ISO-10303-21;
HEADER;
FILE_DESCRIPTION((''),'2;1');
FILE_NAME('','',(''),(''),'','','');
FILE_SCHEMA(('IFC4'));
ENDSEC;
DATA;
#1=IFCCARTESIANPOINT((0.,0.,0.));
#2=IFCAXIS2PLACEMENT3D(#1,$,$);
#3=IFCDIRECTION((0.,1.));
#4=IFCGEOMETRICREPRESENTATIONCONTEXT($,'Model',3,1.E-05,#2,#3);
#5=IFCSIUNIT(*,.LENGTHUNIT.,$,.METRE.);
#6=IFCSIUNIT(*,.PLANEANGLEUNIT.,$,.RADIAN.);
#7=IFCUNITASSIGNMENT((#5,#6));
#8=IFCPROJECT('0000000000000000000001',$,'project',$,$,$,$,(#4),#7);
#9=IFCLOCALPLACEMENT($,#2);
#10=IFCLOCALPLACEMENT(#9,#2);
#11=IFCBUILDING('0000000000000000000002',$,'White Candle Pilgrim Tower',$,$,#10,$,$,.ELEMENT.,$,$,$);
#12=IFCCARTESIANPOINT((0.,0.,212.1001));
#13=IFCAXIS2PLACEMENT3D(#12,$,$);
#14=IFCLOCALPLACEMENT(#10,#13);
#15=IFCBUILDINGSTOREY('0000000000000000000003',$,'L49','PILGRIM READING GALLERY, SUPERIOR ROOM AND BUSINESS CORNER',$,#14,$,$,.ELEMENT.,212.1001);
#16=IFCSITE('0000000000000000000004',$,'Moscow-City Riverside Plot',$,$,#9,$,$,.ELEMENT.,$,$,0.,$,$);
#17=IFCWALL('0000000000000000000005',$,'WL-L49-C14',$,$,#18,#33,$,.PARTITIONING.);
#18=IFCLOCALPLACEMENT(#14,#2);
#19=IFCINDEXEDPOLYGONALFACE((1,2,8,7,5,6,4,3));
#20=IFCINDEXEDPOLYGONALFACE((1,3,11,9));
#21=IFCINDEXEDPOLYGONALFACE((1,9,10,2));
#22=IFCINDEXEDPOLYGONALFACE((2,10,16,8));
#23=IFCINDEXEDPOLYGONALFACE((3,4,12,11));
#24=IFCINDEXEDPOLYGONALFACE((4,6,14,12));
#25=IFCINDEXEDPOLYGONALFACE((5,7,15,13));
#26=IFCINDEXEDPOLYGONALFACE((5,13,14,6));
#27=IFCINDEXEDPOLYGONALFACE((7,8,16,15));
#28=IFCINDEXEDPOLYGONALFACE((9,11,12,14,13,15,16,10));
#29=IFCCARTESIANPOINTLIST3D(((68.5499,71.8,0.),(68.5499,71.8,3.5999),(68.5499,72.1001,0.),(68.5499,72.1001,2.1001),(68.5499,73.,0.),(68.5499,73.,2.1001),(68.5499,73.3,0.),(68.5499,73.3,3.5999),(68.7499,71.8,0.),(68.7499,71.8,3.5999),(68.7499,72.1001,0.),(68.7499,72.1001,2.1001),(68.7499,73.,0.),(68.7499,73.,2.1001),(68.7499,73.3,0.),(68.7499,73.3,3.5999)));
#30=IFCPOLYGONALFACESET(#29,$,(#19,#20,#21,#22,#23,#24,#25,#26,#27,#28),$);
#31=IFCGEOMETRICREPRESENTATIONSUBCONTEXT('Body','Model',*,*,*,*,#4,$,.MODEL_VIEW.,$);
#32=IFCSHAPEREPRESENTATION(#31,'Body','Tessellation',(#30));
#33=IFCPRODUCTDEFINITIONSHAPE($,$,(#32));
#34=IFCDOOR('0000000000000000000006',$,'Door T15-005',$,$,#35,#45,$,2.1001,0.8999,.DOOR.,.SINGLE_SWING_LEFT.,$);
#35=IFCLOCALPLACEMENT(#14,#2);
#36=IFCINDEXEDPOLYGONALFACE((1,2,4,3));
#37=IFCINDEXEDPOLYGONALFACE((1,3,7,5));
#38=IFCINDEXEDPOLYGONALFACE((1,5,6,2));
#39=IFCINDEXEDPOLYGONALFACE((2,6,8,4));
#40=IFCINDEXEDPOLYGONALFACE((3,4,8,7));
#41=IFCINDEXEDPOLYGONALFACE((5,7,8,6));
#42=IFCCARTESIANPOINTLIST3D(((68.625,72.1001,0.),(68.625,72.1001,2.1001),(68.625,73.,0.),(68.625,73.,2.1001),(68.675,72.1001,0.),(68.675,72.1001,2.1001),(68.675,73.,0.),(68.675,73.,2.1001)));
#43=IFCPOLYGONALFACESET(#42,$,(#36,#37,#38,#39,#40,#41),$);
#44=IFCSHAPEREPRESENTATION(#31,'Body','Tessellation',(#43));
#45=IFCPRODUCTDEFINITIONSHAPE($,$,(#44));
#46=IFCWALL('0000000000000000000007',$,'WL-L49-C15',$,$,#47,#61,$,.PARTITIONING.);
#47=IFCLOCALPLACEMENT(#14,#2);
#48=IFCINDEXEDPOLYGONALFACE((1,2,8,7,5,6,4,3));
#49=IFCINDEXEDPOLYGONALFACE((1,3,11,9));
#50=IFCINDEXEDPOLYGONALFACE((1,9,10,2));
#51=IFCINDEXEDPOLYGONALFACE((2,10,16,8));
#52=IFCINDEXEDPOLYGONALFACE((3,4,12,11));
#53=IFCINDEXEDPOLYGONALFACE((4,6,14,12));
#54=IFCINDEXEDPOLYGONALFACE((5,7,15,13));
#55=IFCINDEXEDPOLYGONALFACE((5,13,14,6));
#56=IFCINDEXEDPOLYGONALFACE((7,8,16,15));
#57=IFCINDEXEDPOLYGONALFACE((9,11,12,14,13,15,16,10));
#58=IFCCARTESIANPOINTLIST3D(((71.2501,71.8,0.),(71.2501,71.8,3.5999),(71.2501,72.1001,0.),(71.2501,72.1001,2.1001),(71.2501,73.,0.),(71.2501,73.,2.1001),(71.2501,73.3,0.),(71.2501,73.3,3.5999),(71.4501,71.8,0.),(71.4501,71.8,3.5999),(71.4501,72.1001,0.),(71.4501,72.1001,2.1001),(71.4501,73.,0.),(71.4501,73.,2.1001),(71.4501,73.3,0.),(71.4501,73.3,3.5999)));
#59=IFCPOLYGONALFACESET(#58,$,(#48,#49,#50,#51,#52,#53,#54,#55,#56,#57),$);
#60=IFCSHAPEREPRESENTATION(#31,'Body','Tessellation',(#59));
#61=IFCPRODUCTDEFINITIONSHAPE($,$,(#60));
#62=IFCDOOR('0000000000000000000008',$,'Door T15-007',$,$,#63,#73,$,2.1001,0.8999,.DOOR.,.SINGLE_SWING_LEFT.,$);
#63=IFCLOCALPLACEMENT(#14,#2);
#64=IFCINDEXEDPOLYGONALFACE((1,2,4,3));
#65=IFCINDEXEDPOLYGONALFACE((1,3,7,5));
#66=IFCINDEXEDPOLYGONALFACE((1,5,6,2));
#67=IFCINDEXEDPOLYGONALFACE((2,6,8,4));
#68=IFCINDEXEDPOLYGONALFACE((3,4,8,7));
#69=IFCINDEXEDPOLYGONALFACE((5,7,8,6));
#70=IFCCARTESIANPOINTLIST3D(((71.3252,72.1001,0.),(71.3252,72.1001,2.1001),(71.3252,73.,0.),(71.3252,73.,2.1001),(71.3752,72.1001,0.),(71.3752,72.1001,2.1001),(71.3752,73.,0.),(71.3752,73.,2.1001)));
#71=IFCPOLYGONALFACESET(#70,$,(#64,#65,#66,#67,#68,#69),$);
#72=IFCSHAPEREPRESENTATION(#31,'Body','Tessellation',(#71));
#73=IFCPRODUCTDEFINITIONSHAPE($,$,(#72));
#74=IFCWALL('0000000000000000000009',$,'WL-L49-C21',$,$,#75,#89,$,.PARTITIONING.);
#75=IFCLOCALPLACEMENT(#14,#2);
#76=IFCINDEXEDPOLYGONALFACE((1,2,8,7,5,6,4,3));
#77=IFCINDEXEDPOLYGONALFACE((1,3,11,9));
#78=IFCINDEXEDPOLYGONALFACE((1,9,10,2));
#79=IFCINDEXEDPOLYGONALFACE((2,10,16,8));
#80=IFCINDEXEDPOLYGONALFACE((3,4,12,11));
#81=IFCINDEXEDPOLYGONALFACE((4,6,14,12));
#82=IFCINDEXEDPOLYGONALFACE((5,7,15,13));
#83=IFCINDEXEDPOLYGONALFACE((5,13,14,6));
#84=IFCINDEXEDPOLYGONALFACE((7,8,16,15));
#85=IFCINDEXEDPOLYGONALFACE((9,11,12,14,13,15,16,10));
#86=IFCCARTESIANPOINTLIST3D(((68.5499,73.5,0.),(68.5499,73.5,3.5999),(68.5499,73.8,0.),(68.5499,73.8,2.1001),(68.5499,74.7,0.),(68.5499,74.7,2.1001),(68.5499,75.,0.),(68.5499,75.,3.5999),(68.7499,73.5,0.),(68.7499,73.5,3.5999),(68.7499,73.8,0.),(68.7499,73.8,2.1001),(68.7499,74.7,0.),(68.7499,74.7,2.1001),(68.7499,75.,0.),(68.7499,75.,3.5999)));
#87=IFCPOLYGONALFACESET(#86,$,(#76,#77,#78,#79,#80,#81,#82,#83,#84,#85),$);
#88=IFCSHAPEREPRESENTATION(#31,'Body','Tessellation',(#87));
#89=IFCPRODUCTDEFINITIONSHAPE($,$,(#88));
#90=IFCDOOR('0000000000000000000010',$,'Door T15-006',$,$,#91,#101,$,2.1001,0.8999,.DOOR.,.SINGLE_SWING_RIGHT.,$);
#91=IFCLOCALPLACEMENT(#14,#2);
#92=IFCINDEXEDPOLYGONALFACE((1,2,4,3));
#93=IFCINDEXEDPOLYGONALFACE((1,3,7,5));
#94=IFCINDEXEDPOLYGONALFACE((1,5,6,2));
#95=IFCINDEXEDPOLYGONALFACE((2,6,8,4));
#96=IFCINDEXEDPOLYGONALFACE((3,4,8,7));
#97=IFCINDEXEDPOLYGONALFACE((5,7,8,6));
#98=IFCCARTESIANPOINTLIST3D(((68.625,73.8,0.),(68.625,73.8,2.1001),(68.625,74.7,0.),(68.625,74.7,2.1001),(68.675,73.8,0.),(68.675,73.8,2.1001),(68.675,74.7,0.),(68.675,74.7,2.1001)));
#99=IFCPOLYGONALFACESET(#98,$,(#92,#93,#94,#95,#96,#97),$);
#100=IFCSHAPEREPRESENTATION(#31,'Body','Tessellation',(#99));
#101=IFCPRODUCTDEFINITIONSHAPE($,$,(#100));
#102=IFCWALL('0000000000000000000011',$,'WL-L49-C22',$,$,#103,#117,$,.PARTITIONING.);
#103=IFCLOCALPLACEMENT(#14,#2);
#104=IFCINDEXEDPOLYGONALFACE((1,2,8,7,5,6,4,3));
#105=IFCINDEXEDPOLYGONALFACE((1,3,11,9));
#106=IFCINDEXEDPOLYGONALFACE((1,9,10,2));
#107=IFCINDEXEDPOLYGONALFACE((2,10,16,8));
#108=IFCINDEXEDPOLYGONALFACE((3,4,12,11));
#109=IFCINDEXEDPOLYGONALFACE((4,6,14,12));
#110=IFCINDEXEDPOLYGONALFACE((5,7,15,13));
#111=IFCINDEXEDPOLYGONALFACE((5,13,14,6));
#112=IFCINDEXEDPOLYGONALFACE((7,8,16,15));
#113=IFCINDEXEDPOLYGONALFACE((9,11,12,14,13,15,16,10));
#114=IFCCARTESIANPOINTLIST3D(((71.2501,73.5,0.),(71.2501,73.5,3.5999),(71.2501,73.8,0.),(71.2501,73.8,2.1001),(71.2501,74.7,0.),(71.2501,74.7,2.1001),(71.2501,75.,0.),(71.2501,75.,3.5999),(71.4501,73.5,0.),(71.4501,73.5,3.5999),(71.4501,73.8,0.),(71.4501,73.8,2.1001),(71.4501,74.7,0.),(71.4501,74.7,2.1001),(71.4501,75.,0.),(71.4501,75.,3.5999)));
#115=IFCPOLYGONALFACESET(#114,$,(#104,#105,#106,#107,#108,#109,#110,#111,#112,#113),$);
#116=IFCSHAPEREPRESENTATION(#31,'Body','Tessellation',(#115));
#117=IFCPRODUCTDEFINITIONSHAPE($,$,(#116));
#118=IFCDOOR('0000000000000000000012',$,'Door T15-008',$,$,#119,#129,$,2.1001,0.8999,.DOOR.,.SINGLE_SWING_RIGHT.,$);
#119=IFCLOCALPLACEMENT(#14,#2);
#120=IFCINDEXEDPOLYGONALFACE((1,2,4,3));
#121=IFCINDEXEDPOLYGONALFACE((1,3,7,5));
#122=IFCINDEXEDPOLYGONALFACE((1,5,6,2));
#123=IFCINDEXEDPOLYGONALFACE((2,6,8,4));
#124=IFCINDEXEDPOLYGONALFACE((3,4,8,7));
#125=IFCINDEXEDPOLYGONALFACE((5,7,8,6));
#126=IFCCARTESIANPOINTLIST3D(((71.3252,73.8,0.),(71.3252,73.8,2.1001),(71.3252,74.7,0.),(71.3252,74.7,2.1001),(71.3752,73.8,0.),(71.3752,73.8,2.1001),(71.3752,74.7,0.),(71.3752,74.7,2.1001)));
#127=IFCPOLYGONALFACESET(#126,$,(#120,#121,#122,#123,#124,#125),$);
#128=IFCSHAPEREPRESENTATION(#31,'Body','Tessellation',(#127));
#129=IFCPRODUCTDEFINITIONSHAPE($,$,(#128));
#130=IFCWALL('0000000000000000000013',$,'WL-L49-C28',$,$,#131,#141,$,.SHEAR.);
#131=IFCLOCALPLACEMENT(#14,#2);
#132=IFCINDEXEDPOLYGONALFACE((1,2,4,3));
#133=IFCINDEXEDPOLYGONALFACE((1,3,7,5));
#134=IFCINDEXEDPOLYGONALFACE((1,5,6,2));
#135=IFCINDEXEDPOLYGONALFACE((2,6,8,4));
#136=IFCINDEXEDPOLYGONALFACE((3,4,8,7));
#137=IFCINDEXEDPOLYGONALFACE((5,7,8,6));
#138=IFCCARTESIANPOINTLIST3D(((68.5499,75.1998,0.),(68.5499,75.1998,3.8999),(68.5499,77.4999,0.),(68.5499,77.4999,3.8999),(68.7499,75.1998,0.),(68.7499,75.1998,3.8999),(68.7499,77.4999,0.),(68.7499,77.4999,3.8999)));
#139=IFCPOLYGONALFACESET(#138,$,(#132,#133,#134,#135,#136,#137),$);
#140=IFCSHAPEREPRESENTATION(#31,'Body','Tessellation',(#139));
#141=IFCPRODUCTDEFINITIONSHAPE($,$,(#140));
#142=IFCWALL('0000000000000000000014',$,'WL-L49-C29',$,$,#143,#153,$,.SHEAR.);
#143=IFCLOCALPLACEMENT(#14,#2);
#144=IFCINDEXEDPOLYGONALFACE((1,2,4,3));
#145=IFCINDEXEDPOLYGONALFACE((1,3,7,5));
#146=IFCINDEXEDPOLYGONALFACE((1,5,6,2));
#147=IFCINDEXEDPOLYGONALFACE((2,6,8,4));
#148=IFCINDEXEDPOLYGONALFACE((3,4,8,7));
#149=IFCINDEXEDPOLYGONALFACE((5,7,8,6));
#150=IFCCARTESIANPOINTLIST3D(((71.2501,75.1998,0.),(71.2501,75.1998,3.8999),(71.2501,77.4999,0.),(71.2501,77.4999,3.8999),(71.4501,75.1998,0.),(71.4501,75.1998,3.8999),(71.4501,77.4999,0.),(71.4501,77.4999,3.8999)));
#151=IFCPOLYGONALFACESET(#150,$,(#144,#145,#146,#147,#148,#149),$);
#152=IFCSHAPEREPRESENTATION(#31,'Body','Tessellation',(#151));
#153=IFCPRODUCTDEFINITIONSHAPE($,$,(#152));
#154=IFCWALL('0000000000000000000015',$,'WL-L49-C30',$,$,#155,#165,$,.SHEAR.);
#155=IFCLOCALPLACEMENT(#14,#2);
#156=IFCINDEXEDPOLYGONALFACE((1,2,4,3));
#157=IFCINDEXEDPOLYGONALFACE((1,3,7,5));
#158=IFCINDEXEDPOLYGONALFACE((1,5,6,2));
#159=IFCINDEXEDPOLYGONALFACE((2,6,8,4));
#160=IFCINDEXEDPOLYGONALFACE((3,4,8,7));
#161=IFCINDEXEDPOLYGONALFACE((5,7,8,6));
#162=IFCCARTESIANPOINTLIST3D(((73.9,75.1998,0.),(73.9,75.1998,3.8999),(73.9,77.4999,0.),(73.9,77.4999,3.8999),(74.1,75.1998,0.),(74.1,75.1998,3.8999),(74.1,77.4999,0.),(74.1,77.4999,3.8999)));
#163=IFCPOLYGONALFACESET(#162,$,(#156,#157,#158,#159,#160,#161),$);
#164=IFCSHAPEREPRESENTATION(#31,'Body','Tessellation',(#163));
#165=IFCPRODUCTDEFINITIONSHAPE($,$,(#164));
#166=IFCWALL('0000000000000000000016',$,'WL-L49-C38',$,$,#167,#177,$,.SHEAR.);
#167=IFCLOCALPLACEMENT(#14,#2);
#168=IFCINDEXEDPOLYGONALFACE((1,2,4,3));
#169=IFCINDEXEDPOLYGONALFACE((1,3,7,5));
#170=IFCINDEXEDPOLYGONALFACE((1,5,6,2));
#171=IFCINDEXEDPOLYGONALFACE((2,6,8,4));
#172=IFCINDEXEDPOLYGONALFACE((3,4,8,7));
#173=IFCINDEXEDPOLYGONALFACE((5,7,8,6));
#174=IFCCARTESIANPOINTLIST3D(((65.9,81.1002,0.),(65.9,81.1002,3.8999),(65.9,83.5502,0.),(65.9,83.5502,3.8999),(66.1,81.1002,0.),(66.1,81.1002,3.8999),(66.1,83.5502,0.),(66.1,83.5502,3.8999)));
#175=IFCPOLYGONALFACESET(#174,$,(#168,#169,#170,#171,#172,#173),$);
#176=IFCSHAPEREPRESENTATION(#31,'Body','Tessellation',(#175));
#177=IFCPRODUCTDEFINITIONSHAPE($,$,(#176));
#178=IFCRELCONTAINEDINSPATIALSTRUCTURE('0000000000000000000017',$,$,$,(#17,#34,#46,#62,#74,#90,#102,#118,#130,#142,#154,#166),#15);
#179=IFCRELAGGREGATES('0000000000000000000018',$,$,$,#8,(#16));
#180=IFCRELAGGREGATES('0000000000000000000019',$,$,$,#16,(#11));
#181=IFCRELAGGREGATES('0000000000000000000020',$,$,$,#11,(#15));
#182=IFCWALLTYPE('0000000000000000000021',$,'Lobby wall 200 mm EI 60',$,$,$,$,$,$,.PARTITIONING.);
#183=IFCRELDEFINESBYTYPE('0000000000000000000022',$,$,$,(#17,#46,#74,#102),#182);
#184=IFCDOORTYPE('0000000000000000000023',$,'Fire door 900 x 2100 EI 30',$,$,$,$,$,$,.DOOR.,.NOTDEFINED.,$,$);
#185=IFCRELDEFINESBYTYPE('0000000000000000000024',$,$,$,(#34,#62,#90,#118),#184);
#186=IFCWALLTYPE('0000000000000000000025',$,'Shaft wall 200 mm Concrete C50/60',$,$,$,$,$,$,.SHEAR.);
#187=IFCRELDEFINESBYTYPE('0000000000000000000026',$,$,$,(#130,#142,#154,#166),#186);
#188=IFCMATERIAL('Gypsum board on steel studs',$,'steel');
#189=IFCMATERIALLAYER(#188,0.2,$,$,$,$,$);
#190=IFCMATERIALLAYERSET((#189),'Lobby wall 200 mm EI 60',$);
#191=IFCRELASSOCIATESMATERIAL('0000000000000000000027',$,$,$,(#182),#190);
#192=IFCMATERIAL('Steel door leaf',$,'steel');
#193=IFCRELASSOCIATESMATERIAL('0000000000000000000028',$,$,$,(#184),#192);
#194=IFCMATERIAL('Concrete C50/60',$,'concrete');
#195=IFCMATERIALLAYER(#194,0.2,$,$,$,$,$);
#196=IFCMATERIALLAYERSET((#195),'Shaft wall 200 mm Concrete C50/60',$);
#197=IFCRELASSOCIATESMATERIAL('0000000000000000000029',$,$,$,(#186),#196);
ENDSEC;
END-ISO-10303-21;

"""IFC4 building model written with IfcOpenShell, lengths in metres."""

from ifc_helpers import new_model, si_unit, direction, frame, frame_2d, origin, place, context, subcontext, project, spatial, rectangle, extrude, material, layer, layer_set, type_object, element, fill, save


model = new_model("IFC4")

# Units and contexts
model_context = context("Model", 3, precision=1e-05, world=origin(), true_north=direction((0.0, 1.0)))
body_context = subcontext(model_context, "Body", "Model", "MODEL_VIEW")
ifc_project = project(units=[si_unit("LENGTHUNIT", "METRE"), si_unit("PLANEANGLEUNIT", "RADIAN")], contexts=[model_context])

# Site, building, storey
site_placement = place(None, origin())
site = spatial("IfcSite", under=ifc_project, at=site_placement, Name="Moscow-City Riverside Plot", CompositionType="ELEMENT", RefElevation=0.0)
building_placement = place(site_placement, origin())
building = spatial("IfcBuilding", under=site, at=building_placement, Name="White Candle Pilgrim Tower", CompositionType="ELEMENT")
storey_placement = place(building_placement, frame((0.0, 0.0, 212.1001)))
storey = spatial("IfcBuildingStorey", under=building, at=storey_placement, Name="L49", Description="PILGRIM READING GALLERY, SUPERIOR ROOM AND BUSINESS CORNER", CompositionType="ELEMENT", Elevation=212.1001)

# Walls, openings, doors
ifc_material_1 = material(Name="Gypsum board on steel studs", Category="steel")
ifc_layer_1 = layer(ifc_material_1, 0.2)
ifc_layer_set_1 = layer_set([ifc_layer_1], Name="Lobby wall 200 mm EI 60")
wall_type_1 = type_object("IfcWallType", Name="Lobby wall 200 mm EI 60", PredefinedType="PARTITIONING", material=ifc_layer_set_1)
wall_1_placement = place(storey_placement, frame((68.6499, 71.8, 0.0), z_axis=(0.0, 0.0, 1.0), x_axis=(0.0, 1.0, 0.0)))
wall_1 = element("IfcWall", 1, at=wall_1_placement, inside=storey, type_object=wall_type_1, Name="WL-L49-C14", PredefinedType="PARTITIONING", context=body_context, shape_type="SweptSolid", body=[
    extrude(rectangle(XDim=1.5, YDim=0.2, at=frame_2d((0.75, 0.0))), origin(), (0.0, 0.0, 1.0), 3.5999),
])
opening_1_placement = place(wall_1_placement, frame((0.3, 0.0, 0.0)))
opening_1 = element("IfcOpeningElement", 2, at=opening_1_placement, cuts=wall_1, PredefinedType="OPENING", context=body_context, shape_type="SweptSolid", body=[
    extrude(rectangle(XDim=0.8999, YDim=2.1001, at=frame_2d((0.45, 1.05))), frame((0.0, 0.1099, 0.0), z_axis=(0.0, -1.0, 0.0), x_axis=(1.0, 0.0, 0.0)), (0.0, 0.0, 1.0), 0.22),
])
ifc_material_2 = material(Name="Steel door leaf", Category="steel")
door_type_1 = type_object("IfcDoorType", Name="Fire door 900 x 2100 EI 30", OperationType="NOTDEFINED", PredefinedType="DOOR", material=ifc_material_2)
door_1_placement = place(opening_1_placement, origin())
door_1 = element("IfcDoor", 3, at=door_1_placement, inside=storey, type_object=door_type_1, Name="Door T15-005", OperationType="SINGLE_SWING_LEFT", OverallHeight=2.1001, OverallWidth=0.8999, PredefinedType="DOOR", context=body_context, shape_type="SweptSolid", body=[
    extrude(rectangle(XDim=0.8999, YDim=2.1001, at=frame_2d((0.45, 1.05))), frame((0.0, 0.0249, 0.0), z_axis=(0.0, -1.0, 0.0), x_axis=(1.0, 0.0, 0.0)), (0.0, 0.0, 1.0), 0.05),
])
fill(opening_1, door_1)
wall_2_placement = place(storey_placement, frame((71.3501, 71.8, 0.0), z_axis=(0.0, 0.0, 1.0), x_axis=(0.0, 1.0, 0.0)))
wall_2 = element("IfcWall", 4, at=wall_2_placement, inside=storey, type_object=wall_type_1, Name="WL-L49-C15", PredefinedType="PARTITIONING", context=body_context, shape_type="SweptSolid", body=[
    extrude(rectangle(XDim=1.5, YDim=0.2, at=frame_2d((0.75, 0.0))), origin(), (0.0, 0.0, 1.0), 3.5999),
])
opening_2_placement = place(wall_2_placement, frame((0.3, 0.0, 0.0)))
opening_2 = element("IfcOpeningElement", 5, at=opening_2_placement, cuts=wall_2, PredefinedType="OPENING", context=body_context, shape_type="SweptSolid", body=[
    extrude(rectangle(XDim=0.8999, YDim=2.1001, at=frame_2d((0.45, 1.05))), frame((0.0, 0.1099, 0.0), z_axis=(0.0, -1.0, 0.0), x_axis=(1.0, 0.0, 0.0)), (0.0, 0.0, 1.0), 0.22),
])
door_2_placement = place(opening_2_placement, origin())
door_2 = element("IfcDoor", 6, at=door_2_placement, inside=storey, type_object=door_type_1, Name="Door T15-007", OperationType="SINGLE_SWING_LEFT", OverallHeight=2.1001, OverallWidth=0.8999, PredefinedType="DOOR", context=body_context, shape_type="SweptSolid", body=[
    extrude(rectangle(XDim=0.8999, YDim=2.1001, at=frame_2d((0.45, 1.05))), frame((0.0, 0.0249, 0.0), z_axis=(0.0, -1.0, 0.0), x_axis=(1.0, 0.0, 0.0)), (0.0, 0.0, 1.0), 0.05),
])
fill(opening_2, door_2)
wall_3_placement = place(storey_placement, frame((68.6499, 73.5, 0.0), z_axis=(0.0, 0.0, 1.0), x_axis=(0.0, 1.0, 0.0)))
wall_3 = element("IfcWall", 7, at=wall_3_placement, inside=storey, type_object=wall_type_1, Name="WL-L49-C21", PredefinedType="PARTITIONING", context=body_context, shape_type="SweptSolid", body=[
    extrude(rectangle(XDim=1.5, YDim=0.2, at=frame_2d((0.75, 0.0))), origin(), (0.0, 0.0, 1.0), 3.5999),
])
opening_3_placement = place(wall_3_placement, frame((0.3, 0.0, 0.0)))
opening_3 = element("IfcOpeningElement", 8, at=opening_3_placement, cuts=wall_3, PredefinedType="OPENING", context=body_context, shape_type="SweptSolid", body=[
    extrude(rectangle(XDim=0.8999, YDim=2.1001, at=frame_2d((0.45, 1.05))), frame((0.0, 0.1099, 0.0), z_axis=(0.0, -1.0, 0.0), x_axis=(1.0, 0.0, 0.0)), (0.0, 0.0, 1.0), 0.22),
])
door_3_placement = place(opening_3_placement, origin())
door_3 = element("IfcDoor", 9, at=door_3_placement, inside=storey, type_object=door_type_1, Name="Door T15-006", OperationType="SINGLE_SWING_RIGHT", OverallHeight=2.1001, OverallWidth=0.8999, PredefinedType="DOOR", context=body_context, shape_type="SweptSolid", body=[
    extrude(rectangle(XDim=0.8999, YDim=2.1001, at=frame_2d((0.45, 1.05))), frame((0.0, 0.0249, 0.0), z_axis=(0.0, -1.0, 0.0), x_axis=(1.0, 0.0, 0.0)), (0.0, 0.0, 1.0), 0.05),
])
fill(opening_3, door_3)
wall_4_placement = place(storey_placement, frame((71.3501, 73.5, 0.0), z_axis=(0.0, 0.0, 1.0), x_axis=(0.0, 1.0, 0.0)))
wall_4 = element("IfcWall", 10, at=wall_4_placement, inside=storey, type_object=wall_type_1, Name="WL-L49-C22", PredefinedType="PARTITIONING", context=body_context, shape_type="SweptSolid", body=[
    extrude(rectangle(XDim=1.5, YDim=0.2, at=frame_2d((0.75, 0.0))), origin(), (0.0, 0.0, 1.0), 3.5999),
])
opening_4_placement = place(wall_4_placement, frame((0.3, 0.0, 0.0)))
opening_4 = element("IfcOpeningElement", 11, at=opening_4_placement, cuts=wall_4, PredefinedType="OPENING", context=body_context, shape_type="SweptSolid", body=[
    extrude(rectangle(XDim=0.8999, YDim=2.1001, at=frame_2d((0.45, 1.05))), frame((0.0, 0.1099, 0.0), z_axis=(0.0, -1.0, 0.0), x_axis=(1.0, 0.0, 0.0)), (0.0, 0.0, 1.0), 0.22),
])
door_4_placement = place(opening_4_placement, origin())
door_4 = element("IfcDoor", 12, at=door_4_placement, inside=storey, type_object=door_type_1, Name="Door T15-008", OperationType="SINGLE_SWING_RIGHT", OverallHeight=2.1001, OverallWidth=0.8999, PredefinedType="DOOR", context=body_context, shape_type="SweptSolid", body=[
    extrude(rectangle(XDim=0.8999, YDim=2.1001, at=frame_2d((0.45, 1.05))), frame((0.0, 0.0249, 0.0), z_axis=(0.0, -1.0, 0.0), x_axis=(1.0, 0.0, 0.0)), (0.0, 0.0, 1.0), 0.05),
])
fill(opening_4, door_4)

# Walls
ifc_material_3 = material(Name="Concrete C50/60", Category="concrete")
ifc_layer_2 = layer(ifc_material_3, 0.2)
ifc_layer_set_2 = layer_set([ifc_layer_2], Name="Shaft wall 200 mm Concrete C50/60")
wall_type_2 = type_object("IfcWallType", Name="Shaft wall 200 mm Concrete C50/60", PredefinedType="SHEAR", material=ifc_layer_set_2)
for number, where, z_axis, x_axis, name in (
    (13, (68.6499, 75.2, 0.0), (0.0, 0.0, 1.0), (0.0, 1.0, 0.0), "WL-L49-C28"),
    (14, (71.3501, 75.2, 0.0), (0.0, 0.0, 1.0), (0.0, 1.0, 0.0), "WL-L49-C29"),
    (15, (74.0, 75.2, 0.0), (0.0, 0.0, 1.0), (0.0, 1.0, 0.0), "WL-L49-C30"),
):
    element("IfcWall", number, at=place(storey_placement, frame(where, z_axis=z_axis, x_axis=x_axis)), inside=storey, type_object=wall_type_2, Name=name, PredefinedType="SHEAR", context=body_context, shape_type="SweptSolid", body=[
        extrude(rectangle(XDim=2.3, YDim=0.2, at=frame_2d((1.1499, 0.0))), origin(), (0.0, 0.0, 1.0), 3.8999),
    ])
for number, where, z_axis, x_axis, name in (
    (16, (66.0, 81.1001, 0.0), (0.0, 0.0, 1.0), (0.0, 1.0, 0.0), "WL-L49-C38"),
):
    element("IfcWall", number, at=place(storey_placement, frame(where, z_axis=z_axis, x_axis=x_axis)), inside=storey, type_object=wall_type_2, Name=name, PredefinedType="SHEAR", context=body_context, shape_type="SweptSolid", body=[
        extrude(rectangle(XDim=2.45, YDim=0.2, at=frame_2d((1.2251, 0.0))), origin(), (0.0, 0.0, 1.0), 3.8999),
    ])

save(model, "model.ifc")
